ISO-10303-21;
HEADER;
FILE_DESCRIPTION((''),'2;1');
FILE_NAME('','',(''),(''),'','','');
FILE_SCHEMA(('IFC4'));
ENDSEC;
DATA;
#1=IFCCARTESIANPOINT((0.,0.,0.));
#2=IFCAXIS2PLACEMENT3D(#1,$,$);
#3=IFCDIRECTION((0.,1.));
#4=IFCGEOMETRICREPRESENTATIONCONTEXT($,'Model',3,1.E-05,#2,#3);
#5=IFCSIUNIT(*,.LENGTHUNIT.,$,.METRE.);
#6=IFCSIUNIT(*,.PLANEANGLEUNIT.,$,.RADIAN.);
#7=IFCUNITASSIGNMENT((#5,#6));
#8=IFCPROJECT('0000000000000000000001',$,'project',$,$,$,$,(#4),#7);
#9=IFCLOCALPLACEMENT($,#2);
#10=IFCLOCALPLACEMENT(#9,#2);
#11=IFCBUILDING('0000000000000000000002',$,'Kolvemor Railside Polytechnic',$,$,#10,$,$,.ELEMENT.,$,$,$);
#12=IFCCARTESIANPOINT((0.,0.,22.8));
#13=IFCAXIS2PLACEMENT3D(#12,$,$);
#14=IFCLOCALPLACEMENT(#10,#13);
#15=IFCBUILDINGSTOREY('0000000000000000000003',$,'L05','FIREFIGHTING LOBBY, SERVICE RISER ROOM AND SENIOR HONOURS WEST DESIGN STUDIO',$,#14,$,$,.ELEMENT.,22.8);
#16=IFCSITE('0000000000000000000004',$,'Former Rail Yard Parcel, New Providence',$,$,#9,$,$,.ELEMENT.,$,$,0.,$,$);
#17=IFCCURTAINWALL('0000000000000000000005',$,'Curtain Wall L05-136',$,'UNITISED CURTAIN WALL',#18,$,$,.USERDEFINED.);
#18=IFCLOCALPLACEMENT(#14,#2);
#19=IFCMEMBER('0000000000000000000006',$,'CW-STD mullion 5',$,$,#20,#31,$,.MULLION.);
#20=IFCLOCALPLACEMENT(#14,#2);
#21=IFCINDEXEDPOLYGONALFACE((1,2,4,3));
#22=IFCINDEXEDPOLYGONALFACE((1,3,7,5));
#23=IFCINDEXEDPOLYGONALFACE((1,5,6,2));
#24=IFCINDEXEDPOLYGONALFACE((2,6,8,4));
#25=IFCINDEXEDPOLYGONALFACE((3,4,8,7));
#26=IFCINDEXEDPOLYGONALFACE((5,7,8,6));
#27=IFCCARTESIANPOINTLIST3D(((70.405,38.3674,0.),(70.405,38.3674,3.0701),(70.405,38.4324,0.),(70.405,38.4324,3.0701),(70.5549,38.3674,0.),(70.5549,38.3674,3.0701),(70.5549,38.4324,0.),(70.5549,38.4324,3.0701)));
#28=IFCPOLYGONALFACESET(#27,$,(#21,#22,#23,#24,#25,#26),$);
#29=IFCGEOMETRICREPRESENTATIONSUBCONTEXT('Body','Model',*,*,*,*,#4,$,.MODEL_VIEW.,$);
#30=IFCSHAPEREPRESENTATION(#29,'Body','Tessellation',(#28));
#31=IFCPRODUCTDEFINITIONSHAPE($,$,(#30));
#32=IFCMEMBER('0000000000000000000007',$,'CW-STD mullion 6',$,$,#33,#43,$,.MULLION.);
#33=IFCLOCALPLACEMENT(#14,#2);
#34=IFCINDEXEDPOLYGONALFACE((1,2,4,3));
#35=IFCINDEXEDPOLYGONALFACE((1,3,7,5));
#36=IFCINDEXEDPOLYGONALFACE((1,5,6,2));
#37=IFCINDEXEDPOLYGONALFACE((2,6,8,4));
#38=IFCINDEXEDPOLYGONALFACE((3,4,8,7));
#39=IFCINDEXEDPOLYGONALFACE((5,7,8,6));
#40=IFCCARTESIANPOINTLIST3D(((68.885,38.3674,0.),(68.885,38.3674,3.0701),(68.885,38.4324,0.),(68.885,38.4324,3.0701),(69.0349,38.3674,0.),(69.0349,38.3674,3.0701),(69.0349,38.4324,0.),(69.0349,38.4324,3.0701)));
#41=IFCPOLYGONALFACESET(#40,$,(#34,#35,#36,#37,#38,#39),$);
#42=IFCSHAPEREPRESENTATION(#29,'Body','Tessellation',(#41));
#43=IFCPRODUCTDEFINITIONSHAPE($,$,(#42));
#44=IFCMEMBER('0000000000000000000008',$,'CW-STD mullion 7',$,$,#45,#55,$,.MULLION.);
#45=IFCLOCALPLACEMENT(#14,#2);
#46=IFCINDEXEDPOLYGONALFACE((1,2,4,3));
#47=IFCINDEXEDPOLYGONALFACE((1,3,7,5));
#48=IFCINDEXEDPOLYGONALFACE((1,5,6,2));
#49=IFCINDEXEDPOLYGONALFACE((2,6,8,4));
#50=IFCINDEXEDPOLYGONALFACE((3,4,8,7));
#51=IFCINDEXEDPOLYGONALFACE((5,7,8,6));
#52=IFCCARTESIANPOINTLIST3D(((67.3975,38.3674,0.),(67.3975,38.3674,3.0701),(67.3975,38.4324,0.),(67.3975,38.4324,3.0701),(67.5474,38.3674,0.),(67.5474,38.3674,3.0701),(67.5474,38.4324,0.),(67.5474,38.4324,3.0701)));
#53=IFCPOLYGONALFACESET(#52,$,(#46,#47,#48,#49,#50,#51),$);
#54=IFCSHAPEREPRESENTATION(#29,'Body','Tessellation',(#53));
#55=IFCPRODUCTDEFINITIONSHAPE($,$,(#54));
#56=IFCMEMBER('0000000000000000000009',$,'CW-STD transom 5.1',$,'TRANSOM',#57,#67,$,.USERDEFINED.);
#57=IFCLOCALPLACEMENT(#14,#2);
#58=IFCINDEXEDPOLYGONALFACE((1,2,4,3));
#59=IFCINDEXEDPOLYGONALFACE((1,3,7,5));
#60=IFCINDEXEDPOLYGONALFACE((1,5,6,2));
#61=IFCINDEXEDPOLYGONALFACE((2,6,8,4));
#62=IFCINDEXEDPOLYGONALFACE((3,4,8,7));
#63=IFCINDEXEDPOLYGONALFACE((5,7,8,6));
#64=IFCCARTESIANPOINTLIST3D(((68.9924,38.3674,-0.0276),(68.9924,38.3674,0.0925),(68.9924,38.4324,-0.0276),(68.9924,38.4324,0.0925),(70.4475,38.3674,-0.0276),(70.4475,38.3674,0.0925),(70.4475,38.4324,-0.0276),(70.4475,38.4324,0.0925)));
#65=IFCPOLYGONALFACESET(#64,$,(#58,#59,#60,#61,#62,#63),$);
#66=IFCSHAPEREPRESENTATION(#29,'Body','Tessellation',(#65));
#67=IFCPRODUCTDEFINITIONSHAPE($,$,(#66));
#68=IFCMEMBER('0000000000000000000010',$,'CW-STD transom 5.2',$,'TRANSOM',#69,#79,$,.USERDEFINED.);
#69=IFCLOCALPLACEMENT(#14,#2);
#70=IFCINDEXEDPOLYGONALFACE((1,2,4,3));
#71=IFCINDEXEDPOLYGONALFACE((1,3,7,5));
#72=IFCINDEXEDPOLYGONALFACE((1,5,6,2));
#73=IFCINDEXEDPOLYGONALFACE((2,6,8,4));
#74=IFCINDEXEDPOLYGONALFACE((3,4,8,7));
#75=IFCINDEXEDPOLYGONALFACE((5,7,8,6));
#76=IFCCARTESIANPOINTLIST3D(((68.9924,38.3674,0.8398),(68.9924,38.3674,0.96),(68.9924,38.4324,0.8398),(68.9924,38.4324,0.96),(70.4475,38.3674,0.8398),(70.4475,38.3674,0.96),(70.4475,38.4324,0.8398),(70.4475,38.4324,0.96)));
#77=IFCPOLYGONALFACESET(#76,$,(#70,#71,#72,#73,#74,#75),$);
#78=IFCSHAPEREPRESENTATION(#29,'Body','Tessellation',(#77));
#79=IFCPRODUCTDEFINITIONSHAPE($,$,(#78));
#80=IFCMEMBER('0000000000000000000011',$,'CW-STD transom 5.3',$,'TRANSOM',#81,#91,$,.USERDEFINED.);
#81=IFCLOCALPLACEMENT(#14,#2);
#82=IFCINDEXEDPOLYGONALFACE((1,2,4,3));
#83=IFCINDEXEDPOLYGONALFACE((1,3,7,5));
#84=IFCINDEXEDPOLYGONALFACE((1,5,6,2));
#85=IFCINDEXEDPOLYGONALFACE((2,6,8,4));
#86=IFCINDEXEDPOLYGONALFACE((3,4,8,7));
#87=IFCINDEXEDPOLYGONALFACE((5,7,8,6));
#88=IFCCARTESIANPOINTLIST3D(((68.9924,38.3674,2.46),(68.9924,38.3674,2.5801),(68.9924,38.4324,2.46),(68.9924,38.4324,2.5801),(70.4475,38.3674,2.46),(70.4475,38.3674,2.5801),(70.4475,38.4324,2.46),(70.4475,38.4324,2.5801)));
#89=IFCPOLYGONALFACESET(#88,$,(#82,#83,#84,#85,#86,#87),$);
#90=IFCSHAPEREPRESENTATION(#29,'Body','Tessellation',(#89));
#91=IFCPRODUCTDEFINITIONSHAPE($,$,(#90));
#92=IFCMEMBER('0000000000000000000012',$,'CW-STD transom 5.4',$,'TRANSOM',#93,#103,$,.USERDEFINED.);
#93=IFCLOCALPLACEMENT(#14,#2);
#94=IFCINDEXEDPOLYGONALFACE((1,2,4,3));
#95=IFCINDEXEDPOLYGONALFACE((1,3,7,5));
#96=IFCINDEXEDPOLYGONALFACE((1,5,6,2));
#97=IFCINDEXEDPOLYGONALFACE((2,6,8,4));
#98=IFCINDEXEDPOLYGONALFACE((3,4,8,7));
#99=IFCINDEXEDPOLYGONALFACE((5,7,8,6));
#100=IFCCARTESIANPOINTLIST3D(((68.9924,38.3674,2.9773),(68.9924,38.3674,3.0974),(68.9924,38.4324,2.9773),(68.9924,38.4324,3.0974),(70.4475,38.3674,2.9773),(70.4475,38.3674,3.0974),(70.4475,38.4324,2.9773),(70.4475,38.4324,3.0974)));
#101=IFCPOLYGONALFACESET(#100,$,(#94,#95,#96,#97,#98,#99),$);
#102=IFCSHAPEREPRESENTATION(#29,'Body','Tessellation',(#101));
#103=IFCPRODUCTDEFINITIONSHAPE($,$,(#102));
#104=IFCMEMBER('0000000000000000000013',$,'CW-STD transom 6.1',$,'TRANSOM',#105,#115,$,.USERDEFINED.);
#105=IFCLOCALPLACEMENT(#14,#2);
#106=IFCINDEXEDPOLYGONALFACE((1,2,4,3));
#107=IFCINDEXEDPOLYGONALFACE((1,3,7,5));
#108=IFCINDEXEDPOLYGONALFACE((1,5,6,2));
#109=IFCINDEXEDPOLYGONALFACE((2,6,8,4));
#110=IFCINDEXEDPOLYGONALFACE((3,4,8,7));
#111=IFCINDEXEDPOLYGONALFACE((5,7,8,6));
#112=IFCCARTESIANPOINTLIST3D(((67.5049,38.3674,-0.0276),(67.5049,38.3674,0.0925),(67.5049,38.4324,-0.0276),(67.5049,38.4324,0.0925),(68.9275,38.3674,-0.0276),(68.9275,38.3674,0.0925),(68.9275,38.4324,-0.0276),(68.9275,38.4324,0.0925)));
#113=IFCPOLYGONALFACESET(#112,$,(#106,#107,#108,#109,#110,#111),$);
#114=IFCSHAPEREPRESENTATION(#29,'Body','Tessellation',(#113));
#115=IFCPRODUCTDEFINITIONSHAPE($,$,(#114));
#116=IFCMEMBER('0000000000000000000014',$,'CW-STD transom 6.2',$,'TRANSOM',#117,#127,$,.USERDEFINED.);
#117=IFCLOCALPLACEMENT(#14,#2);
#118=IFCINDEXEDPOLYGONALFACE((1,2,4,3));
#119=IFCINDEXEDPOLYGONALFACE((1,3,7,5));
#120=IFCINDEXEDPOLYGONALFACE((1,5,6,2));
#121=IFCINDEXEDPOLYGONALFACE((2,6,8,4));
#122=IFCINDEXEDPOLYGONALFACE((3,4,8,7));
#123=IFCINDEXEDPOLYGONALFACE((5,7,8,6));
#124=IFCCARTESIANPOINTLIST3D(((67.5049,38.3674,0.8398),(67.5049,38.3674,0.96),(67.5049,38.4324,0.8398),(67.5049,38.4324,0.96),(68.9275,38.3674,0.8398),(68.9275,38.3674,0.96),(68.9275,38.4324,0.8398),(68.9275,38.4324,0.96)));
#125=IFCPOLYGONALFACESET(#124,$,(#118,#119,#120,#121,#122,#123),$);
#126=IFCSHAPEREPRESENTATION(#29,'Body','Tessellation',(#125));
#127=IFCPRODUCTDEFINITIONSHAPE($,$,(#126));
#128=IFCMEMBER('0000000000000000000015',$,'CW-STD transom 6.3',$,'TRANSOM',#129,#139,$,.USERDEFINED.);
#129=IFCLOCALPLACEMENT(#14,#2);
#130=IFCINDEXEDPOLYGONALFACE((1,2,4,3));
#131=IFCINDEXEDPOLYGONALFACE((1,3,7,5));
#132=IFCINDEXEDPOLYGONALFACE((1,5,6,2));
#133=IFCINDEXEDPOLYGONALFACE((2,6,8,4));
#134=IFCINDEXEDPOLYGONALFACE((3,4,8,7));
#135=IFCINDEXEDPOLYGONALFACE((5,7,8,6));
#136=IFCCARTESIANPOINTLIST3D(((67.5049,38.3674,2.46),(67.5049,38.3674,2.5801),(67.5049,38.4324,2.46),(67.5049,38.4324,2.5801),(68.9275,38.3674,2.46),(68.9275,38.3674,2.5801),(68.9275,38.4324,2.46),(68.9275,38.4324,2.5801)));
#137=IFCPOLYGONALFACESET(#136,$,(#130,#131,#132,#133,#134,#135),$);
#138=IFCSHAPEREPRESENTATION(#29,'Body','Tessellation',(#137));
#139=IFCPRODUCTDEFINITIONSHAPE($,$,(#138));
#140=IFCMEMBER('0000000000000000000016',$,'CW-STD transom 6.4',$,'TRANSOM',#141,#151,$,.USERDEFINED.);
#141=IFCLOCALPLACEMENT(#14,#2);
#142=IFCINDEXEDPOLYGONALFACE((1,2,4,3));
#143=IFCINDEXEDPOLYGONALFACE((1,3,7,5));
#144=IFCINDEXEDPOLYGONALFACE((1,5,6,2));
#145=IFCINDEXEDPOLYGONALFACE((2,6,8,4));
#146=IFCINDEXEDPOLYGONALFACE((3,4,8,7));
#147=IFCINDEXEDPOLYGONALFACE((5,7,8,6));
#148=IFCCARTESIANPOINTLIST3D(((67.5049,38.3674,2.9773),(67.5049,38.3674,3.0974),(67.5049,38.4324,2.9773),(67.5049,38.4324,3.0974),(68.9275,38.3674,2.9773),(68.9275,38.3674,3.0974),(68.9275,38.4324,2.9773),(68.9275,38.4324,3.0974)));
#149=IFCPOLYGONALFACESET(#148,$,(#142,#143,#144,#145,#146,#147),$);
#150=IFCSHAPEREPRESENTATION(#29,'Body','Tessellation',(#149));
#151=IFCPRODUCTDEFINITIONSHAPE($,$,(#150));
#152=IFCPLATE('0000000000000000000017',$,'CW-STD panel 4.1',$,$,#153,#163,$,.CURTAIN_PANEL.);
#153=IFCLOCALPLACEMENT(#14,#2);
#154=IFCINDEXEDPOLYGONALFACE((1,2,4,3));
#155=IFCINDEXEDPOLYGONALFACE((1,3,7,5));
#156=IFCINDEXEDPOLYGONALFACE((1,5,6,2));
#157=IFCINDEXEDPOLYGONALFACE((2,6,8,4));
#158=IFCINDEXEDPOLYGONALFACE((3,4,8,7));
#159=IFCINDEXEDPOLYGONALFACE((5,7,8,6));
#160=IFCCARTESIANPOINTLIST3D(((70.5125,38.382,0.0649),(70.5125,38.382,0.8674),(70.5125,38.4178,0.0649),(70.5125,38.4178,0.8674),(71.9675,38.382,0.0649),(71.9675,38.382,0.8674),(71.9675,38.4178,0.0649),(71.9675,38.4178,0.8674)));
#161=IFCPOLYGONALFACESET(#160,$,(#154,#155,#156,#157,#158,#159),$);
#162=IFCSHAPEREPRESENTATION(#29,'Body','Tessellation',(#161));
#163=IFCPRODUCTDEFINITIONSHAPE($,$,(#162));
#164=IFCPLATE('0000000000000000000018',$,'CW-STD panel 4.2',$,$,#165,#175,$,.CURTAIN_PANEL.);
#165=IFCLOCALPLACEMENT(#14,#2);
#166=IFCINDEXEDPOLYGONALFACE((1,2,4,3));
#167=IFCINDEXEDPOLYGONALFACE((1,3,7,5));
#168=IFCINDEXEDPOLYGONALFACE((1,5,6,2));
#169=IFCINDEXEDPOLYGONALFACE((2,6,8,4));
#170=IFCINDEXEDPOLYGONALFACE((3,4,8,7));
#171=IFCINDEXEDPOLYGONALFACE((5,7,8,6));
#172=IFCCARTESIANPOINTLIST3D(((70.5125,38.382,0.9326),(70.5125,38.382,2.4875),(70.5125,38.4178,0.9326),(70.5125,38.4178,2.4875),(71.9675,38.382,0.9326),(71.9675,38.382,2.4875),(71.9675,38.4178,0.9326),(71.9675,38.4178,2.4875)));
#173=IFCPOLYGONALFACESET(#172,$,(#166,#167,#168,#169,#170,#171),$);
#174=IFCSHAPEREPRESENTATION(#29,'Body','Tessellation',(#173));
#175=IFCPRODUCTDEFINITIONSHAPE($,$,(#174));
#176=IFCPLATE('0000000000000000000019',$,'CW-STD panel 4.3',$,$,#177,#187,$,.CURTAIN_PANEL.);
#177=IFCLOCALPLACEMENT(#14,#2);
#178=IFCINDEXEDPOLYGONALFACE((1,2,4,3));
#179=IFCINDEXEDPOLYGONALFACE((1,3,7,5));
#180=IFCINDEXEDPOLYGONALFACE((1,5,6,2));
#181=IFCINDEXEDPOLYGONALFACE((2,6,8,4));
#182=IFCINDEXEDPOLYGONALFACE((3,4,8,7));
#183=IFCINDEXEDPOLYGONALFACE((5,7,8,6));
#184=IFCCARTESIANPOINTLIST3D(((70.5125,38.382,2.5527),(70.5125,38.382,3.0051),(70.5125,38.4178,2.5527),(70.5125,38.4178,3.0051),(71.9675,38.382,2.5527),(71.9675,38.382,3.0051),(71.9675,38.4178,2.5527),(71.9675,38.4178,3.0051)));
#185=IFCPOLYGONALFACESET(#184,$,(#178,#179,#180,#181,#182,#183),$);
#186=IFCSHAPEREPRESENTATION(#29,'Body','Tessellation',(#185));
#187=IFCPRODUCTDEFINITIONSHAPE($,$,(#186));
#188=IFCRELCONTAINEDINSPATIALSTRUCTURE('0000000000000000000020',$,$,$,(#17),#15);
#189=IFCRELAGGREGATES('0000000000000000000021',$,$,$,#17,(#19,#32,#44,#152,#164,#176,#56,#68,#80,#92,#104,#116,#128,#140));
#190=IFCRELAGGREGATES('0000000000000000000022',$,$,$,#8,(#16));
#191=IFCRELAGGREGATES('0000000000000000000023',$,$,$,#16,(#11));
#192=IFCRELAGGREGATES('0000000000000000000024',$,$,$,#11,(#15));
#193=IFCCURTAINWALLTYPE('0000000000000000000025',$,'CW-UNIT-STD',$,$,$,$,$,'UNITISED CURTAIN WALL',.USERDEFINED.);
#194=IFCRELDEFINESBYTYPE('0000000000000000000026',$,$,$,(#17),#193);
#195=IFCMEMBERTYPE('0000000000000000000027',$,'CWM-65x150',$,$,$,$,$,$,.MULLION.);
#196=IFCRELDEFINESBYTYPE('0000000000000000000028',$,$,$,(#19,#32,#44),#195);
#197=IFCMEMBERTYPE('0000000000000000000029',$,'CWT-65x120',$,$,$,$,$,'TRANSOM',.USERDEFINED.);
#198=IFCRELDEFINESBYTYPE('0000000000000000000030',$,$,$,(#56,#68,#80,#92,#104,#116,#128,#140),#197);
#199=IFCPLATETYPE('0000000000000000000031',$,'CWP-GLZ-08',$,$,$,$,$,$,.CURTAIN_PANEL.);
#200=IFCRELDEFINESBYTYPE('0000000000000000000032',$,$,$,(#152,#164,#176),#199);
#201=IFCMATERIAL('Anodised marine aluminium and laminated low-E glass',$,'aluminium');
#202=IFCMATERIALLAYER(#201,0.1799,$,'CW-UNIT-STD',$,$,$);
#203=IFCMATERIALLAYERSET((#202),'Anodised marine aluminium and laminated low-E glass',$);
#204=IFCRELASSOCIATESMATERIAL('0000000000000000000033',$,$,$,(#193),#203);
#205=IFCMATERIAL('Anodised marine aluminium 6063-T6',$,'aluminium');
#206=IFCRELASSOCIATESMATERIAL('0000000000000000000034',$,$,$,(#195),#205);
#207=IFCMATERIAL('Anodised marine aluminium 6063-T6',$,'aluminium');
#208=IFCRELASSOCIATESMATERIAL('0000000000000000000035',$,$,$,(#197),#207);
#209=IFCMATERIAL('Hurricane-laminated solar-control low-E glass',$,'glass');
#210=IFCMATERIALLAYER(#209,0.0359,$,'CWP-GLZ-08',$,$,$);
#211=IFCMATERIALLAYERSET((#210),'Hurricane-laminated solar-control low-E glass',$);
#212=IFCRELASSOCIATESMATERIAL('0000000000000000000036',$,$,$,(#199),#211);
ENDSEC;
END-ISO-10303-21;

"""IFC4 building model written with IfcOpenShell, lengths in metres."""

from ifc_helpers import new_model, si_unit, direction, frame, origin, origin_2d, place, context, subcontext, project, spatial, rectangle, extrude, material, layer, layer_set, material_profile, profile_set, type_object, element, aggregate, save


model = new_model("IFC4")

# Units and contexts
model_context = context("Model", 3, precision=1e-05, world=origin(), true_north=direction((0.0, 1.0)))
body_context = subcontext(model_context, "Body", "Model", "MODEL_VIEW")
ifc_project = project(units=[si_unit("LENGTHUNIT", "METRE"), si_unit("PLANEANGLEUNIT", "RADIAN")], contexts=[model_context])

# Site, building, storey
site_placement = place(None, origin())
site = spatial("IfcSite", under=ifc_project, at=site_placement, Name="Former Rail Yard Parcel, New Providence", CompositionType="ELEMENT", RefElevation=0.0)
building_placement = place(site_placement, origin())
building = spatial("IfcBuilding", under=site, at=building_placement, Name="Kolvemor Railside Polytechnic", CompositionType="ELEMENT")
storey_placement = place(building_placement, frame((0.0, 0.0, 22.8)))
storey = spatial("IfcBuildingStorey", under=building, at=storey_placement, Name="L05", Description="FIREFIGHTING LOBBY, SERVICE RISER ROOM AND SENIOR HONOURS WEST DESIGN STUDIO", CompositionType="ELEMENT", Elevation=22.8)

# Curtain wall, members, plates
ifc_material_1 = material(Name="Anodised marine aluminium and laminated low-E glass", Category="aluminium")
ifc_layer_1 = layer(ifc_material_1, 0.1799, Name="CW-UNIT-STD")
ifc_layer_set_1 = layer_set([ifc_layer_1], Name="Anodised marine aluminium and laminated low-E glass")
curtain_wall_type = type_object("IfcCurtainWallType", Name="CW-UNIT-STD", ElementType="UNITISED CURTAIN WALL", PredefinedType="USERDEFINED", material=ifc_layer_set_1)
curtain_wall_placement = place(storey_placement, origin())
curtain_wall = element("IfcCurtainWall", 1, at=curtain_wall_placement, inside=storey, type_object=curtain_wall_type, Name="Curtain Wall L05-136", ObjectType="UNITISED CURTAIN WALL", PredefinedType="USERDEFINED")
ifc_material_2 = material(Name="Anodised marine aluminium 6063-T6", Category="aluminium")
ifc_material_profile_1 = material_profile(ifc_material_2, rectangle(XDim=0.0649, YDim=0.1499, at=origin_2d()), Name="CW-MUL-65x150")
ifc_profile_set_1 = profile_set([ifc_material_profile_1], Name="Anodised marine aluminium 6063-T6")
member_type_1 = type_object("IfcMemberType", Name="CWM-65x150", PredefinedType="MULLION", material=ifc_profile_set_1)
member_1_placement = place(storey_placement, frame((70.48, 38.3999, 0.0), z_axis=(0.0, 0.0, 1.0), x_axis=(0.0, -1.0, 0.0)))
member_1 = element("IfcMember", 2, at=member_1_placement, type_object=member_type_1, Name="CW-STD mullion 5", PredefinedType="MULLION", context=body_context, shape_type="SweptSolid", body=[
    extrude(rectangle(XDim=0.0649, YDim=0.1499, at=origin_2d()), origin(), (0.0, 0.0, 1.0), 3.0701),
])
member_2_placement = place(storey_placement, frame((68.96, 38.3999, 0.0), z_axis=(0.0, 0.0, 1.0), x_axis=(0.0, -1.0, 0.0)))
member_2 = element("IfcMember", 3, at=member_2_placement, type_object=member_type_1, Name="CW-STD mullion 6", PredefinedType="MULLION", context=body_context, shape_type="SweptSolid", body=[
    extrude(rectangle(XDim=0.0649, YDim=0.1499, at=origin_2d()), origin(), (0.0, 0.0, 1.0), 3.0701),
])
member_3_placement = place(storey_placement, frame((67.4724, 38.3999, 0.0), z_axis=(0.0, 0.0, 1.0), x_axis=(0.0, -1.0, 0.0)))
member_3 = element("IfcMember", 4, at=member_3_placement, type_object=member_type_1, Name="CW-STD mullion 7", PredefinedType="MULLION", context=body_context, shape_type="SweptSolid", body=[
    extrude(rectangle(XDim=0.0649, YDim=0.1499, at=origin_2d()), origin(), (0.0, 0.0, 1.0), 3.0701),
])
ifc_material_3 = material(Name="Anodised marine aluminium 6063-T6", Category="aluminium")
ifc_material_profile_2 = material_profile(ifc_material_3, rectangle(XDim=0.0649, YDim=0.1201, at=origin_2d()), Name="CW-TRN-65x120")
ifc_profile_set_2 = profile_set([ifc_material_profile_2], Name="Anodised marine aluminium 6063-T6")
member_type_2 = type_object("IfcMemberType", Name="CWT-65x120", ElementType="TRANSOM", PredefinedType="USERDEFINED", material=ifc_profile_set_2)
member_4_placement = place(storey_placement, frame((70.4475, 38.3999, 0.0325), z_axis=(-1.0, 0.0, 0.0), x_axis=(0.0, -1.0, 0.0)))
member_4 = element("IfcMember", 5, at=member_4_placement, type_object=member_type_2, Name="CW-STD transom 5.1", ObjectType="TRANSOM", PredefinedType="USERDEFINED", context=body_context, shape_type="SweptSolid", body=[
    extrude(rectangle(XDim=0.0649, YDim=0.1201, at=origin_2d()), origin(), (0.0, 0.0, 1.0), 1.4551),
])
member_5_placement = place(storey_placement, frame((70.4475, 38.3999, 0.8999), z_axis=(-1.0, 0.0, 0.0), x_axis=(0.0, -1.0, 0.0)))
member_5 = element("IfcMember", 6, at=member_5_placement, type_object=member_type_2, Name="CW-STD transom 5.2", ObjectType="TRANSOM", PredefinedType="USERDEFINED", context=body_context, shape_type="SweptSolid", body=[
    extrude(rectangle(XDim=0.0649, YDim=0.1201, at=origin_2d()), origin(), (0.0, 0.0, 1.0), 1.4551),
])
member_6_placement = place(storey_placement, frame((70.4475, 38.3999, 2.52), z_axis=(-1.0, 0.0, 0.0), x_axis=(0.0, -1.0, 0.0)))
member_6 = element("IfcMember", 7, at=member_6_placement, type_object=member_type_2, Name="CW-STD transom 5.3", ObjectType="TRANSOM", PredefinedType="USERDEFINED", context=body_context, shape_type="SweptSolid", body=[
    extrude(rectangle(XDim=0.0649, YDim=0.1201, at=origin_2d()), origin(), (0.0, 0.0, 1.0), 1.4551),
])
member_7_placement = place(storey_placement, frame((70.4475, 38.3999, 3.0374), z_axis=(-1.0, 0.0, 0.0), x_axis=(0.0, -1.0, 0.0)))
member_7 = element("IfcMember", 8, at=member_7_placement, type_object=member_type_2, Name="CW-STD transom 5.4", ObjectType="TRANSOM", PredefinedType="USERDEFINED", context=body_context, shape_type="SweptSolid", body=[
    extrude(rectangle(XDim=0.0649, YDim=0.1201, at=origin_2d()), origin(), (0.0, 0.0, 1.0), 1.4551),
])
member_8_placement = place(storey_placement, frame((68.9275, 38.3999, 0.0325), z_axis=(-1.0, 0.0, 0.0), x_axis=(0.0, -1.0, 0.0)))
member_8 = element("IfcMember", 9, at=member_8_placement, type_object=member_type_2, Name="CW-STD transom 6.1", ObjectType="TRANSOM", PredefinedType="USERDEFINED", context=body_context, shape_type="SweptSolid", body=[
    extrude(rectangle(XDim=0.0649, YDim=0.1201, at=origin_2d()), origin(), (0.0, 0.0, 1.0), 1.4226),
])
member_9_placement = place(storey_placement, frame((68.9275, 38.3999, 0.8999), z_axis=(-1.0, 0.0, 0.0), x_axis=(0.0, -1.0, 0.0)))
member_9 = element("IfcMember", 10, at=member_9_placement, type_object=member_type_2, Name="CW-STD transom 6.2", ObjectType="TRANSOM", PredefinedType="USERDEFINED", context=body_context, shape_type="SweptSolid", body=[
    extrude(rectangle(XDim=0.0649, YDim=0.1201, at=origin_2d()), origin(), (0.0, 0.0, 1.0), 1.4226),
])
member_10_placement = place(storey_placement, frame((68.9275, 38.3999, 2.52), z_axis=(-1.0, 0.0, 0.0), x_axis=(0.0, -1.0, 0.0)))
member_10 = element("IfcMember", 11, at=member_10_placement, type_object=member_type_2, Name="CW-STD transom 6.3", ObjectType="TRANSOM", PredefinedType="USERDEFINED", context=body_context, shape_type="SweptSolid", body=[
    extrude(rectangle(XDim=0.0649, YDim=0.1201, at=origin_2d()), origin(), (0.0, 0.0, 1.0), 1.4226),
])
member_11_placement = place(storey_placement, frame((68.9275, 38.3999, 3.0374), z_axis=(-1.0, 0.0, 0.0), x_axis=(0.0, -1.0, 0.0)))
member_11 = element("IfcMember", 12, at=member_11_placement, type_object=member_type_2, Name="CW-STD transom 6.4", ObjectType="TRANSOM", PredefinedType="USERDEFINED", context=body_context, shape_type="SweptSolid", body=[
    extrude(rectangle(XDim=0.0649, YDim=0.1201, at=origin_2d()), origin(), (0.0, 0.0, 1.0), 1.4226),
])
ifc_material_4 = material(Name="Hurricane-laminated solar-control low-E glass", Category="glass")
ifc_layer_2 = layer(ifc_material_4, 0.0359, Name="CWP-GLZ-08")
ifc_layer_set_2 = layer_set([ifc_layer_2], Name="Hurricane-laminated solar-control low-E glass")
plate_type = type_object("IfcPlateType", Name="CWP-GLZ-08", PredefinedType="CURTAIN_PANEL", material=ifc_layer_set_2)
plate_1_placement = place(storey_placement, frame((71.24, 38.3999, 0.0649), z_axis=(0.0, 0.0, 1.0), x_axis=(-1.0, 0.0, 0.0)))
plate_1 = element("IfcPlate", 13, at=plate_1_placement, type_object=plate_type, Name="CW-STD panel 4.1", PredefinedType="CURTAIN_PANEL", context=body_context, shape_type="SweptSolid", body=[
    extrude(rectangle(XDim=1.4551, YDim=0.0359, at=origin_2d()), origin(), (0.0, 0.0, 1.0), 0.8025),
])
plate_2_placement = place(storey_placement, frame((71.24, 38.3999, 0.9326), z_axis=(0.0, 0.0, 1.0), x_axis=(-1.0, 0.0, 0.0)))
plate_2 = element("IfcPlate", 14, at=plate_2_placement, type_object=plate_type, Name="CW-STD panel 4.2", PredefinedType="CURTAIN_PANEL", context=body_context, shape_type="SweptSolid", body=[
    extrude(rectangle(XDim=1.4551, YDim=0.0359, at=origin_2d()), origin(), (0.0, 0.0, 1.0), 1.5549),
])
plate_3_placement = place(storey_placement, frame((71.24, 38.3999, 2.5527), z_axis=(0.0, 0.0, 1.0), x_axis=(-1.0, 0.0, 0.0)))
plate_3 = element("IfcPlate", 15, at=plate_3_placement, type_object=plate_type, Name="CW-STD panel 4.3", PredefinedType="CURTAIN_PANEL", context=body_context, shape_type="SweptSolid", body=[
    extrude(rectangle(XDim=1.4551, YDim=0.0359, at=origin_2d()), origin(), (0.0, 0.0, 1.0), 0.4524),
])
aggregate(curtain_wall, [member_1, member_2, member_3, plate_1, plate_2, plate_3, member_4, member_5, member_6, member_7, member_8, member_9, member_10, member_11])

save(model, "model.ifc")
